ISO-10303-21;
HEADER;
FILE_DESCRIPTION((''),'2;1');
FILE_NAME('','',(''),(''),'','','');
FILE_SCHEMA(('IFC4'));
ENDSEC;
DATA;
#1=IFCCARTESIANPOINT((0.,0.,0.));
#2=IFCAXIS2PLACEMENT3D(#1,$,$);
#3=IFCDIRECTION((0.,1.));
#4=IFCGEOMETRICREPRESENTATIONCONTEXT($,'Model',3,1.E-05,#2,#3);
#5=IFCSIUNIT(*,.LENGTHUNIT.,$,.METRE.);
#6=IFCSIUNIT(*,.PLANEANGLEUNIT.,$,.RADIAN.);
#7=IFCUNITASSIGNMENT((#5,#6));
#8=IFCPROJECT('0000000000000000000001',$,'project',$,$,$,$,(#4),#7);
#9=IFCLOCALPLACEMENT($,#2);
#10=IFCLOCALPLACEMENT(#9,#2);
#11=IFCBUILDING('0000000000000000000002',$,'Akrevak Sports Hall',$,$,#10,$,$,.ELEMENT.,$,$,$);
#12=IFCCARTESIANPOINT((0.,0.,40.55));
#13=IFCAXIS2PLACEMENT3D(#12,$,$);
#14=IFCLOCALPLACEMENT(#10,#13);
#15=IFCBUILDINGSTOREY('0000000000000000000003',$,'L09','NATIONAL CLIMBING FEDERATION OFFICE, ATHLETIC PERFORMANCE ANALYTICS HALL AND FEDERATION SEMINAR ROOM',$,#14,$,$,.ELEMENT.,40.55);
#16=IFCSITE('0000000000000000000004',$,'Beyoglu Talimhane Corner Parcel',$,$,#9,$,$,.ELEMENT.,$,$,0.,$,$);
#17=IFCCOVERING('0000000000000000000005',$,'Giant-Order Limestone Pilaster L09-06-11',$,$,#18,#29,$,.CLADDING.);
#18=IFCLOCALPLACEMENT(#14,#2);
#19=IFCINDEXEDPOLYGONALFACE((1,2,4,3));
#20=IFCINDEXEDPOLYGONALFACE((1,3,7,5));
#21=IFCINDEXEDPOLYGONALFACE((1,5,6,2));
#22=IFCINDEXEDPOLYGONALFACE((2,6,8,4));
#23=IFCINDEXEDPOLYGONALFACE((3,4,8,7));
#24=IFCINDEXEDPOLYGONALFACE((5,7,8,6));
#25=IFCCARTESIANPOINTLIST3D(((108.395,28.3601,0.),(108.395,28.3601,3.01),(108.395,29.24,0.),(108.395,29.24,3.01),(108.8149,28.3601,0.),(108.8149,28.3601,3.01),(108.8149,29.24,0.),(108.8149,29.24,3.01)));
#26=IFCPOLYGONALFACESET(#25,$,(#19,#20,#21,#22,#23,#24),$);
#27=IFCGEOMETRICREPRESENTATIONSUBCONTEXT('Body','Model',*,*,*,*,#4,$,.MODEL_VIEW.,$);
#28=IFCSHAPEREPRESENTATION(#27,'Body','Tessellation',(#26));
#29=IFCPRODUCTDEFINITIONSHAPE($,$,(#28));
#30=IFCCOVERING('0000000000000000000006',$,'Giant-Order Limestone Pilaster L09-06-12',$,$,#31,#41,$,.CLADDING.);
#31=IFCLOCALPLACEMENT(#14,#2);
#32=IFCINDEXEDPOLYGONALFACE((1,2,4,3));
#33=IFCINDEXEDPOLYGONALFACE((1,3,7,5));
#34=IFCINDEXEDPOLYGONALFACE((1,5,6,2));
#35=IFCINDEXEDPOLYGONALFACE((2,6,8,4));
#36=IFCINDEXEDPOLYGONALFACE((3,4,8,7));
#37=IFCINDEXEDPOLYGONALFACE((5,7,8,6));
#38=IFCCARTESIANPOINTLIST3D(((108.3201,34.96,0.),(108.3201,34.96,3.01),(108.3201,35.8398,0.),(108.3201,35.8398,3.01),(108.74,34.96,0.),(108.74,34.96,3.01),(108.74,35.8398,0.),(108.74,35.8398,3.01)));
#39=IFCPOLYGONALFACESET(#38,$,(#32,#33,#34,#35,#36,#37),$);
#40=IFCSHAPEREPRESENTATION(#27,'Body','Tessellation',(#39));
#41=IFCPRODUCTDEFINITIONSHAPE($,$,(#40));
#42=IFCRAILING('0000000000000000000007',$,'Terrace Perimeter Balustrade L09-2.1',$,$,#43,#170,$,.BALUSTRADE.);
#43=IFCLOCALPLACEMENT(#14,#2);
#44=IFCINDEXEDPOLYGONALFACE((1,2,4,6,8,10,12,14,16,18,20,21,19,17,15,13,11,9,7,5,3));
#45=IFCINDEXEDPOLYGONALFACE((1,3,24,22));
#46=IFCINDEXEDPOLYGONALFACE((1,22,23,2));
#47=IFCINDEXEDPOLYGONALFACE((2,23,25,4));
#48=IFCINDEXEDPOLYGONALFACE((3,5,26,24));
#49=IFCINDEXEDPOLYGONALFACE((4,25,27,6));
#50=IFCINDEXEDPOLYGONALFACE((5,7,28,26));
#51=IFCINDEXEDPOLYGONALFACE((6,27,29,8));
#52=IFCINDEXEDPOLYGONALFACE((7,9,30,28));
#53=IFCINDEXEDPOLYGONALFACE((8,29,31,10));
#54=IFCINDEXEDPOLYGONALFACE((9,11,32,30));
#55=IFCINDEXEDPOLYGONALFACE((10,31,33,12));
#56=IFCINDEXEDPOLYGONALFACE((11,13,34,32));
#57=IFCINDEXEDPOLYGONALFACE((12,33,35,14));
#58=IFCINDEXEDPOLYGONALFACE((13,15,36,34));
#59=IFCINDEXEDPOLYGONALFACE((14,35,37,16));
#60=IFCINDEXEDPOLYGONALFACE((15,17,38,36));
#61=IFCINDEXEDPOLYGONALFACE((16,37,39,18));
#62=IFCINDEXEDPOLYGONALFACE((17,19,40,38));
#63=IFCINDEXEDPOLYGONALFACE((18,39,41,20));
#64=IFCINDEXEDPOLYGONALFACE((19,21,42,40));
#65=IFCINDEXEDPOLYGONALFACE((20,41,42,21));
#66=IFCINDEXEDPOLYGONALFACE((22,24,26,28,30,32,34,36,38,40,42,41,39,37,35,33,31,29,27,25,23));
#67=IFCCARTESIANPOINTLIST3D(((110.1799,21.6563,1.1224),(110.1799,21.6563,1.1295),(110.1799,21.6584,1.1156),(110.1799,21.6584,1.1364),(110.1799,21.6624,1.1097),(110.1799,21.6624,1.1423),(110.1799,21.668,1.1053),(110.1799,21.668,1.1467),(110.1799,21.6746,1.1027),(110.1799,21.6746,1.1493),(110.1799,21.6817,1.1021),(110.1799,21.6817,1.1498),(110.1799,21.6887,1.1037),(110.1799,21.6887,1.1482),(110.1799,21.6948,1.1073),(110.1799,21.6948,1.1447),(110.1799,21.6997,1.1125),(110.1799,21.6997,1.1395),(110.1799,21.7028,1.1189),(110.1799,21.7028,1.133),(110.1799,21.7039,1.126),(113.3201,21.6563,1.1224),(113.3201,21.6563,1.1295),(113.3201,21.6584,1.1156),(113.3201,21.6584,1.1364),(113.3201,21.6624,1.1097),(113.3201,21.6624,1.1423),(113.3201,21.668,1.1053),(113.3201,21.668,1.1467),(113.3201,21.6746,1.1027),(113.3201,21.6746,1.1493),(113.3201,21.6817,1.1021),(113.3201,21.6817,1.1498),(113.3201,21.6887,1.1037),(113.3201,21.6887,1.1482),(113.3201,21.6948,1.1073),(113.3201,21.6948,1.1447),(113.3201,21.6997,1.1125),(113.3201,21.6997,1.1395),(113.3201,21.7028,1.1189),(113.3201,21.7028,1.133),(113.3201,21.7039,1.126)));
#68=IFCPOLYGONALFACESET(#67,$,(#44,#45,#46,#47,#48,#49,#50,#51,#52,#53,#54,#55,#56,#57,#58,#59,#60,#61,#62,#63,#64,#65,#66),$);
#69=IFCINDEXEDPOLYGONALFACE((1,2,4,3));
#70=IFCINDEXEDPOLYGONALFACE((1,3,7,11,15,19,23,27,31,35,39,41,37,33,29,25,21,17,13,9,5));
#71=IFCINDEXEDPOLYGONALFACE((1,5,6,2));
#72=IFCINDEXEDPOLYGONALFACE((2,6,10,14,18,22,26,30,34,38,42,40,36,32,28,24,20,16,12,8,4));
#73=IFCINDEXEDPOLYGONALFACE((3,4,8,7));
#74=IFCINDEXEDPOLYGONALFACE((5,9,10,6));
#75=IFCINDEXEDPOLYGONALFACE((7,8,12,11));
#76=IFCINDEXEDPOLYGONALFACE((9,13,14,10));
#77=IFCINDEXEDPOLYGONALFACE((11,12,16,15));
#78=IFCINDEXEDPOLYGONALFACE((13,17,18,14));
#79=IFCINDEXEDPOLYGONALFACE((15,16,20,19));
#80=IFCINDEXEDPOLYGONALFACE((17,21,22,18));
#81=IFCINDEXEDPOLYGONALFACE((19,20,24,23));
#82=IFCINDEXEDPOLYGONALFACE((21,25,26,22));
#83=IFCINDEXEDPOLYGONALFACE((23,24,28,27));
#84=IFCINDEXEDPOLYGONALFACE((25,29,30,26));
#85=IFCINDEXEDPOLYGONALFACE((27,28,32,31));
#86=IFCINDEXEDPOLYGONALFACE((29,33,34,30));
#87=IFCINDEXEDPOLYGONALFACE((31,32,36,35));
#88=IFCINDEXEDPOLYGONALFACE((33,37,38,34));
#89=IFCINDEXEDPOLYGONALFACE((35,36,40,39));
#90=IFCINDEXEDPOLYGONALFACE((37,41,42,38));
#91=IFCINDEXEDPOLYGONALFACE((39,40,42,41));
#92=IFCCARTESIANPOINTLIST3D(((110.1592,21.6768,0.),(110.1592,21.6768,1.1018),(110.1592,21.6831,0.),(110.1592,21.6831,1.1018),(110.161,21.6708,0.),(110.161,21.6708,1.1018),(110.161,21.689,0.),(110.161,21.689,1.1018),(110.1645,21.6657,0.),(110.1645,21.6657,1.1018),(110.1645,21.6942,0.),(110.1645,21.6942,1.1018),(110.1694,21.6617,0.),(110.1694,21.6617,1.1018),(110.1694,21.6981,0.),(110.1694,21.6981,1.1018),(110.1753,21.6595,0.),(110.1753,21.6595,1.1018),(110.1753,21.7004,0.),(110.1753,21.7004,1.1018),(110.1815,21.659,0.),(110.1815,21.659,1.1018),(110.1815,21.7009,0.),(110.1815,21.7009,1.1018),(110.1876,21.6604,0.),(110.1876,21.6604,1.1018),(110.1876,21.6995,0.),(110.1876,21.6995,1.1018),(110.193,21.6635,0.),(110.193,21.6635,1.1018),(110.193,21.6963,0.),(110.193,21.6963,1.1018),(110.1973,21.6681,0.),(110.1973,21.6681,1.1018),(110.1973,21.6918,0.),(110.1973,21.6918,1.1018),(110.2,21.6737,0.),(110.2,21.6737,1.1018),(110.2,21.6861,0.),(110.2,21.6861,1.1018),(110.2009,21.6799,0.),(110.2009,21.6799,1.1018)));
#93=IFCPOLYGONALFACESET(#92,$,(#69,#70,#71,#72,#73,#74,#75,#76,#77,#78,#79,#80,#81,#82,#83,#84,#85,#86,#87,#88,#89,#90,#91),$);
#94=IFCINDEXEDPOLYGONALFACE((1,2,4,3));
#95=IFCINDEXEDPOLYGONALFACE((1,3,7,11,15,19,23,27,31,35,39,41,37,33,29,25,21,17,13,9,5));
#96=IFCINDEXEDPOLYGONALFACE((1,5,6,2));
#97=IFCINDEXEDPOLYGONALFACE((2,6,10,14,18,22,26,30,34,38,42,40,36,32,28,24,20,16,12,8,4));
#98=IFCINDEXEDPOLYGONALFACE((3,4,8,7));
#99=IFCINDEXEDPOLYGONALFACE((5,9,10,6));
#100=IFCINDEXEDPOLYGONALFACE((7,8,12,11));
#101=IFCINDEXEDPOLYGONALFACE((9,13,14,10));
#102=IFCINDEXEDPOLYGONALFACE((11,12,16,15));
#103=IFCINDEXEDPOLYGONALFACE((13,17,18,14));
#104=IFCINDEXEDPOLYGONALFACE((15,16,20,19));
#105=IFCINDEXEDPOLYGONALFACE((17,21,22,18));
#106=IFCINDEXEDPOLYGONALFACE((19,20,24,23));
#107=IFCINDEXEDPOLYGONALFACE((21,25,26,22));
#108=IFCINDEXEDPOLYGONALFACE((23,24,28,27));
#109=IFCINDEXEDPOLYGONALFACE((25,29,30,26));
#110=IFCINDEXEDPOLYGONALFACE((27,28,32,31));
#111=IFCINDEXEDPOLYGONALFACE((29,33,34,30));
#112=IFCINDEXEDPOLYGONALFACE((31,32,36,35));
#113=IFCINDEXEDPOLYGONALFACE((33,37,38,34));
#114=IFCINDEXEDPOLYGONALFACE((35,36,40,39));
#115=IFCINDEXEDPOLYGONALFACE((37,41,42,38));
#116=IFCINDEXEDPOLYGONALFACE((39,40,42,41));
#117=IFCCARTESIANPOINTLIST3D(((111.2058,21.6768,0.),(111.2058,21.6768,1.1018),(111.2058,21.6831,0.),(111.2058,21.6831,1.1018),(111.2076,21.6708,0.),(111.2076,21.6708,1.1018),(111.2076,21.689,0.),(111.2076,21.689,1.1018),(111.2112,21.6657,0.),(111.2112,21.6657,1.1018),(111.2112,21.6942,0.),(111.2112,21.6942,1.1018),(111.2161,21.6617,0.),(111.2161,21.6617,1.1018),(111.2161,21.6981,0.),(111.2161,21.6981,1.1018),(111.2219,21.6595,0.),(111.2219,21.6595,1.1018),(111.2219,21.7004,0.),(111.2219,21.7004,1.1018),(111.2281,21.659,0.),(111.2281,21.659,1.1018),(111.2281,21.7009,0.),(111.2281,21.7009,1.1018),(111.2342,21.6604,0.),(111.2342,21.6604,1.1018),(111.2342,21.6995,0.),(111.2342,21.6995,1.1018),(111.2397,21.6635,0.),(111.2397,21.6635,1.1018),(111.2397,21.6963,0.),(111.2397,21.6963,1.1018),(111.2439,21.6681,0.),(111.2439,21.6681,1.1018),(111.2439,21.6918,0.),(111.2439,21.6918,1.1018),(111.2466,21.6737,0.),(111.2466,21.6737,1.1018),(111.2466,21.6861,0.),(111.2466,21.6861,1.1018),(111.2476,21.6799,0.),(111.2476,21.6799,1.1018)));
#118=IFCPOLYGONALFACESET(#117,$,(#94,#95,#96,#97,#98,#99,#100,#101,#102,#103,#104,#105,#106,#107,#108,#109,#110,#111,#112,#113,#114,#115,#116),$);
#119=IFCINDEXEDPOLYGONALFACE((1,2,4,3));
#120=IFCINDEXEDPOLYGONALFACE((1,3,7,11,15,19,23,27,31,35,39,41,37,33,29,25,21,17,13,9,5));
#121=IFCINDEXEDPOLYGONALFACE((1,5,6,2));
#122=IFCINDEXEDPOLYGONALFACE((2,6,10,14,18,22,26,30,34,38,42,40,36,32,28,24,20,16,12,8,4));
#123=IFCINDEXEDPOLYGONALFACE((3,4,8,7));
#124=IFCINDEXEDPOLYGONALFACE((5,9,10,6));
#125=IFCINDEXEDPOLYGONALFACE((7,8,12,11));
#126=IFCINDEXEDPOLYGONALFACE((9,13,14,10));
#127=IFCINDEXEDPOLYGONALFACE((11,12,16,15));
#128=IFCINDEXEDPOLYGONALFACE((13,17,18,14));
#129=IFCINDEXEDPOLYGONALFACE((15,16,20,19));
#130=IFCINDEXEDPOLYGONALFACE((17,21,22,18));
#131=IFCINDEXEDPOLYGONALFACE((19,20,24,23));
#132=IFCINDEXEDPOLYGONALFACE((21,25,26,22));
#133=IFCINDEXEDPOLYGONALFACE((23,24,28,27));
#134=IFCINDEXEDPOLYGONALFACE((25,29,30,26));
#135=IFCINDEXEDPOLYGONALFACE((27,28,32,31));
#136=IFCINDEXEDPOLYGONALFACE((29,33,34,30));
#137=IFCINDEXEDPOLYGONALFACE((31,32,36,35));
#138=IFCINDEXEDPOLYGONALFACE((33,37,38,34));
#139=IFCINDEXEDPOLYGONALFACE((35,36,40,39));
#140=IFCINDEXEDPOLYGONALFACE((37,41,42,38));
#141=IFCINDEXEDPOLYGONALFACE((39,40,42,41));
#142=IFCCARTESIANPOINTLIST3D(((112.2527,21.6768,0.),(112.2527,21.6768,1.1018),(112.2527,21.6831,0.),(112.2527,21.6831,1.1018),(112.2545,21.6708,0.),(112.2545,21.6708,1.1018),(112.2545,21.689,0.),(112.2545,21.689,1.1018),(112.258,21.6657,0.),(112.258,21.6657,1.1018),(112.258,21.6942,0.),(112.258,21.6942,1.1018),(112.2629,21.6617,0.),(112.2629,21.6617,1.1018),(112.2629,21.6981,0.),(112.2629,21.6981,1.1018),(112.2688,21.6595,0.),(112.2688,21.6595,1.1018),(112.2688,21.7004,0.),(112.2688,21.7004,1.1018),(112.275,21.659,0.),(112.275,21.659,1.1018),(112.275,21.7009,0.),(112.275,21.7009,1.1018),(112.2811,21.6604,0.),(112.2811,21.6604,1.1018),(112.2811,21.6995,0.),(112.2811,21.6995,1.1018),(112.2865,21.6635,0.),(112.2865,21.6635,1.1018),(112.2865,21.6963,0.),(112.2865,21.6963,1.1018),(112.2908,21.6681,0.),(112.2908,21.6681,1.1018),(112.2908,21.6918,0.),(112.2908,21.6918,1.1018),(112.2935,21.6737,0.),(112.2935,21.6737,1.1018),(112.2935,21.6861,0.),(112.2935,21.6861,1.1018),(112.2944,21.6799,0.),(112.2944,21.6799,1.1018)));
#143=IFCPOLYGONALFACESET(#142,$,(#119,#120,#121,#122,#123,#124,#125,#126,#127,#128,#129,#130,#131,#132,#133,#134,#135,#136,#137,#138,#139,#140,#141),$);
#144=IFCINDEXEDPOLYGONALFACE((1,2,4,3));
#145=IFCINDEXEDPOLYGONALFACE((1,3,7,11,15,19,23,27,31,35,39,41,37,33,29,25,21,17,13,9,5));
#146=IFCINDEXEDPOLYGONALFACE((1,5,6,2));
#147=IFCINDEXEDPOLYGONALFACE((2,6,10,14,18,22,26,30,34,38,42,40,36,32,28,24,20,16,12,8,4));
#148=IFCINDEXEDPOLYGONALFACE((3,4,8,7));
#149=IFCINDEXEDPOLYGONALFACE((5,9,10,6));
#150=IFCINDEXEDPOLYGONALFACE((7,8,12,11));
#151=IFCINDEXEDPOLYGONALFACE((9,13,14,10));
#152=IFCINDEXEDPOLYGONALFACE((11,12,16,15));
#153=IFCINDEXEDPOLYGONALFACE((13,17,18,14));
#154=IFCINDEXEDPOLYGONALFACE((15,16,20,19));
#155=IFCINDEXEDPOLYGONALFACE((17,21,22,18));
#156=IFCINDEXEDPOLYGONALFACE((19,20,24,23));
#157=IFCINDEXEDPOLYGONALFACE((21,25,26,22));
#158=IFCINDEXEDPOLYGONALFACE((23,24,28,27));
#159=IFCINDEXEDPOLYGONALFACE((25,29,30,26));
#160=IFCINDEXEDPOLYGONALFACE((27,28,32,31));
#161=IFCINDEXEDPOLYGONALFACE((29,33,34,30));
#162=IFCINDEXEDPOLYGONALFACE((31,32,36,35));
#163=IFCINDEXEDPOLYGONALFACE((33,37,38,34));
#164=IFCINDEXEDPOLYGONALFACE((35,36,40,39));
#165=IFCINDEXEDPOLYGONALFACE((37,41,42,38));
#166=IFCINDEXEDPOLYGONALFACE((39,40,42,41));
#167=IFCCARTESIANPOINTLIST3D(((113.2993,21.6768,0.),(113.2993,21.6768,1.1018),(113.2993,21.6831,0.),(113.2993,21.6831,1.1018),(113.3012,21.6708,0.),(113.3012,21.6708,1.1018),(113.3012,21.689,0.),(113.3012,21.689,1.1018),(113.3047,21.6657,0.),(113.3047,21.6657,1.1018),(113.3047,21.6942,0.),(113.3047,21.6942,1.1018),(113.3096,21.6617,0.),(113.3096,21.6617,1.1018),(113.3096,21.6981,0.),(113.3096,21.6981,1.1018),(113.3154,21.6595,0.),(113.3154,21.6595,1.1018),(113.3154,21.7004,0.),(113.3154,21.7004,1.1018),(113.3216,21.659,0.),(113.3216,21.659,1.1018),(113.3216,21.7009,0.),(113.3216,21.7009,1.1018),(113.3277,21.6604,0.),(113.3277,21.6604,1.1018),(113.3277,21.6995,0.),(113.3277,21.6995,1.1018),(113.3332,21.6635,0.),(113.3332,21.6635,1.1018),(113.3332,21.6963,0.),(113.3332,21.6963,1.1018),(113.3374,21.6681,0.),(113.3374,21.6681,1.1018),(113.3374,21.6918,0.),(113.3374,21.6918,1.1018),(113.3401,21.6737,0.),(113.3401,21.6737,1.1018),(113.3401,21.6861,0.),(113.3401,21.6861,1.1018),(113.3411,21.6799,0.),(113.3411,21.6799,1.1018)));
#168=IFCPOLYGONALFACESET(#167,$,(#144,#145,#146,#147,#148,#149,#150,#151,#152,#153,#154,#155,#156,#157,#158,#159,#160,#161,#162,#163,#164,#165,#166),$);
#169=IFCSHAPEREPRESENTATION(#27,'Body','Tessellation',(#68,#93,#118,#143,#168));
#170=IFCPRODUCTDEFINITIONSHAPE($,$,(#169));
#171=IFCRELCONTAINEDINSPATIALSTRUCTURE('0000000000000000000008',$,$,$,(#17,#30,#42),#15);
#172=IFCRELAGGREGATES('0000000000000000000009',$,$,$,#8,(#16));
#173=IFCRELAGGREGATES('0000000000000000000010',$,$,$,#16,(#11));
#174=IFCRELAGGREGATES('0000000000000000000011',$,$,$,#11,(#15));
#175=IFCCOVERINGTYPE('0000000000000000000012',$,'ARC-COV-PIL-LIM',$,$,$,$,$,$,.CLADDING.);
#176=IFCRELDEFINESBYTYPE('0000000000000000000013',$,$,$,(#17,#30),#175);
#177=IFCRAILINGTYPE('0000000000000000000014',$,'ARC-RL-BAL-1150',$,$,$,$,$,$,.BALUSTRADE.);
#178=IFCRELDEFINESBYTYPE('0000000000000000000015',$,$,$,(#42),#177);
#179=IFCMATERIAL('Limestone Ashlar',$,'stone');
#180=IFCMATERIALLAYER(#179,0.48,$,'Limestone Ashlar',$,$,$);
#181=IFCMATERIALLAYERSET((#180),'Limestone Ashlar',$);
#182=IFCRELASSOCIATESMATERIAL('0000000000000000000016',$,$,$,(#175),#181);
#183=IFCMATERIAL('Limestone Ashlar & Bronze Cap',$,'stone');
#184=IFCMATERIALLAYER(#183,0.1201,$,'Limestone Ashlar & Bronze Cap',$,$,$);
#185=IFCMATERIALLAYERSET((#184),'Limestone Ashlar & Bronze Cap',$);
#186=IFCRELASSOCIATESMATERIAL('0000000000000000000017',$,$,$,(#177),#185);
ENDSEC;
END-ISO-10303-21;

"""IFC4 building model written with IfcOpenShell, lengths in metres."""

from ifc_helpers import new_model, si_unit, direction, frame, origin, origin_2d, place, context, subcontext, project, spatial, rectangle, circle, extrude, material, layer, layer_set, type_object, element, save


model = new_model("IFC4")

# Units and contexts
model_context = context("Model", 3, precision=1e-05, world=origin(), true_north=direction((0.0, 1.0)))
body_context = subcontext(model_context, "Body", "Model", "MODEL_VIEW")
ifc_project = project(units=[si_unit("LENGTHUNIT", "METRE"), si_unit("PLANEANGLEUNIT", "RADIAN")], contexts=[model_context])

# Site, building, storey
site_placement = place(None, origin())
site = spatial("IfcSite", under=ifc_project, at=site_placement, Name="Beyoglu Talimhane Corner Parcel", CompositionType="ELEMENT", RefElevation=0.0)
building_placement = place(site_placement, origin())
building = spatial("IfcBuilding", under=site, at=building_placement, Name="Akrevak Sports Hall", CompositionType="ELEMENT")
storey_placement = place(building_placement, frame((0.0, 0.0, 40.55)))
storey = spatial("IfcBuildingStorey", under=building, at=storey_placement, Name="L09", Description="NATIONAL CLIMBING FEDERATION OFFICE, ATHLETIC PERFORMANCE ANALYTICS HALL AND FEDERATION SEMINAR ROOM", CompositionType="ELEMENT", Elevation=40.55)

# Shared definitions
ifc_material_1 = material(Name="Limestone Ashlar", Category="stone")

# Coverings
ifc_layer_1 = layer(ifc_material_1, 0.48, Name="Limestone Ashlar")
ifc_layer_set_1 = layer_set([ifc_layer_1], Name="Limestone Ashlar")
covering_type = type_object("IfcCoveringType", Name="ARC-COV-PIL-LIM", PredefinedType="CLADDING", material=ifc_layer_set_1)
for number, where, z_axis, x_axis, name in (
    (1, (108.605, 28.8, 0.0), (0.0, 0.0, 1.0), (0.0, 1.0, 0.0), "Giant-Order Limestone Pilaster L09-06-11"),
    (2, (108.53, 35.3999, 0.0), (0.0, 0.0, 1.0), (0.0, 1.0, 0.0), "Giant-Order Limestone Pilaster L09-06-12"),
):
    element("IfcCovering", number, at=place(storey_placement, frame(where, z_axis=z_axis, x_axis=x_axis)), inside=storey, type_object=covering_type, Name=name, PredefinedType="CLADDING", context=body_context, shape_type="SweptSolid", body=[
        extrude(rectangle(XDim=0.8799, YDim=0.4199, at=origin_2d()), origin(), (0.0, 0.0, 1.0), 3.01),
    ])

# Railing
ifc_material_2 = material(Name="Limestone Ashlar & Bronze Cap", Category="stone")
ifc_layer_2 = layer(ifc_material_2, 0.1201, Name="Limestone Ashlar & Bronze Cap")
ifc_layer_set_2 = layer_set([ifc_layer_2], Name="Limestone Ashlar & Bronze Cap")
railing_type = type_object("IfcRailingType", Name="ARC-RL-BAL-1150", PredefinedType="BALUSTRADE", material=ifc_layer_set_2)
railing_1_placement = place(storey_placement, frame((110.1799, 21.6799, 0.0)))
element("IfcRailing", 3, at=railing_1_placement, inside=storey, type_object=railing_type, Name="Terrace Perimeter Balustrade L09-2.1", PredefinedType="BALUSTRADE", context=body_context, shape_type="SweptSolid", body=[
    extrude(circle(Radius=0.0239, at=origin_2d()), frame((0.0, 0.0, 1.126), z_axis=(1.0, 0.0, 0.0), x_axis=(0.0, 1.0, 0.0)), (0.0, 0.0, 1.0), 3.1401),
    extrude(circle(Radius=0.021, at=origin_2d()), origin(), (0.0, 0.0, 1.0), 1.1018),
    extrude(circle(Radius=0.021, at=origin_2d()), frame((1.0466, 0.0, 0.0)), (0.0, 0.0, 1.0), 1.1018),
    extrude(circle(Radius=0.021, at=origin_2d()), frame((2.0935, 0.0, 0.0)), (0.0, 0.0, 1.0), 1.1018),
    extrude(circle(Radius=0.021, at=origin_2d()), frame((3.1401, 0.0, 0.0)), (0.0, 0.0, 1.0), 1.1018),
])

save(model, "model.ifc")
